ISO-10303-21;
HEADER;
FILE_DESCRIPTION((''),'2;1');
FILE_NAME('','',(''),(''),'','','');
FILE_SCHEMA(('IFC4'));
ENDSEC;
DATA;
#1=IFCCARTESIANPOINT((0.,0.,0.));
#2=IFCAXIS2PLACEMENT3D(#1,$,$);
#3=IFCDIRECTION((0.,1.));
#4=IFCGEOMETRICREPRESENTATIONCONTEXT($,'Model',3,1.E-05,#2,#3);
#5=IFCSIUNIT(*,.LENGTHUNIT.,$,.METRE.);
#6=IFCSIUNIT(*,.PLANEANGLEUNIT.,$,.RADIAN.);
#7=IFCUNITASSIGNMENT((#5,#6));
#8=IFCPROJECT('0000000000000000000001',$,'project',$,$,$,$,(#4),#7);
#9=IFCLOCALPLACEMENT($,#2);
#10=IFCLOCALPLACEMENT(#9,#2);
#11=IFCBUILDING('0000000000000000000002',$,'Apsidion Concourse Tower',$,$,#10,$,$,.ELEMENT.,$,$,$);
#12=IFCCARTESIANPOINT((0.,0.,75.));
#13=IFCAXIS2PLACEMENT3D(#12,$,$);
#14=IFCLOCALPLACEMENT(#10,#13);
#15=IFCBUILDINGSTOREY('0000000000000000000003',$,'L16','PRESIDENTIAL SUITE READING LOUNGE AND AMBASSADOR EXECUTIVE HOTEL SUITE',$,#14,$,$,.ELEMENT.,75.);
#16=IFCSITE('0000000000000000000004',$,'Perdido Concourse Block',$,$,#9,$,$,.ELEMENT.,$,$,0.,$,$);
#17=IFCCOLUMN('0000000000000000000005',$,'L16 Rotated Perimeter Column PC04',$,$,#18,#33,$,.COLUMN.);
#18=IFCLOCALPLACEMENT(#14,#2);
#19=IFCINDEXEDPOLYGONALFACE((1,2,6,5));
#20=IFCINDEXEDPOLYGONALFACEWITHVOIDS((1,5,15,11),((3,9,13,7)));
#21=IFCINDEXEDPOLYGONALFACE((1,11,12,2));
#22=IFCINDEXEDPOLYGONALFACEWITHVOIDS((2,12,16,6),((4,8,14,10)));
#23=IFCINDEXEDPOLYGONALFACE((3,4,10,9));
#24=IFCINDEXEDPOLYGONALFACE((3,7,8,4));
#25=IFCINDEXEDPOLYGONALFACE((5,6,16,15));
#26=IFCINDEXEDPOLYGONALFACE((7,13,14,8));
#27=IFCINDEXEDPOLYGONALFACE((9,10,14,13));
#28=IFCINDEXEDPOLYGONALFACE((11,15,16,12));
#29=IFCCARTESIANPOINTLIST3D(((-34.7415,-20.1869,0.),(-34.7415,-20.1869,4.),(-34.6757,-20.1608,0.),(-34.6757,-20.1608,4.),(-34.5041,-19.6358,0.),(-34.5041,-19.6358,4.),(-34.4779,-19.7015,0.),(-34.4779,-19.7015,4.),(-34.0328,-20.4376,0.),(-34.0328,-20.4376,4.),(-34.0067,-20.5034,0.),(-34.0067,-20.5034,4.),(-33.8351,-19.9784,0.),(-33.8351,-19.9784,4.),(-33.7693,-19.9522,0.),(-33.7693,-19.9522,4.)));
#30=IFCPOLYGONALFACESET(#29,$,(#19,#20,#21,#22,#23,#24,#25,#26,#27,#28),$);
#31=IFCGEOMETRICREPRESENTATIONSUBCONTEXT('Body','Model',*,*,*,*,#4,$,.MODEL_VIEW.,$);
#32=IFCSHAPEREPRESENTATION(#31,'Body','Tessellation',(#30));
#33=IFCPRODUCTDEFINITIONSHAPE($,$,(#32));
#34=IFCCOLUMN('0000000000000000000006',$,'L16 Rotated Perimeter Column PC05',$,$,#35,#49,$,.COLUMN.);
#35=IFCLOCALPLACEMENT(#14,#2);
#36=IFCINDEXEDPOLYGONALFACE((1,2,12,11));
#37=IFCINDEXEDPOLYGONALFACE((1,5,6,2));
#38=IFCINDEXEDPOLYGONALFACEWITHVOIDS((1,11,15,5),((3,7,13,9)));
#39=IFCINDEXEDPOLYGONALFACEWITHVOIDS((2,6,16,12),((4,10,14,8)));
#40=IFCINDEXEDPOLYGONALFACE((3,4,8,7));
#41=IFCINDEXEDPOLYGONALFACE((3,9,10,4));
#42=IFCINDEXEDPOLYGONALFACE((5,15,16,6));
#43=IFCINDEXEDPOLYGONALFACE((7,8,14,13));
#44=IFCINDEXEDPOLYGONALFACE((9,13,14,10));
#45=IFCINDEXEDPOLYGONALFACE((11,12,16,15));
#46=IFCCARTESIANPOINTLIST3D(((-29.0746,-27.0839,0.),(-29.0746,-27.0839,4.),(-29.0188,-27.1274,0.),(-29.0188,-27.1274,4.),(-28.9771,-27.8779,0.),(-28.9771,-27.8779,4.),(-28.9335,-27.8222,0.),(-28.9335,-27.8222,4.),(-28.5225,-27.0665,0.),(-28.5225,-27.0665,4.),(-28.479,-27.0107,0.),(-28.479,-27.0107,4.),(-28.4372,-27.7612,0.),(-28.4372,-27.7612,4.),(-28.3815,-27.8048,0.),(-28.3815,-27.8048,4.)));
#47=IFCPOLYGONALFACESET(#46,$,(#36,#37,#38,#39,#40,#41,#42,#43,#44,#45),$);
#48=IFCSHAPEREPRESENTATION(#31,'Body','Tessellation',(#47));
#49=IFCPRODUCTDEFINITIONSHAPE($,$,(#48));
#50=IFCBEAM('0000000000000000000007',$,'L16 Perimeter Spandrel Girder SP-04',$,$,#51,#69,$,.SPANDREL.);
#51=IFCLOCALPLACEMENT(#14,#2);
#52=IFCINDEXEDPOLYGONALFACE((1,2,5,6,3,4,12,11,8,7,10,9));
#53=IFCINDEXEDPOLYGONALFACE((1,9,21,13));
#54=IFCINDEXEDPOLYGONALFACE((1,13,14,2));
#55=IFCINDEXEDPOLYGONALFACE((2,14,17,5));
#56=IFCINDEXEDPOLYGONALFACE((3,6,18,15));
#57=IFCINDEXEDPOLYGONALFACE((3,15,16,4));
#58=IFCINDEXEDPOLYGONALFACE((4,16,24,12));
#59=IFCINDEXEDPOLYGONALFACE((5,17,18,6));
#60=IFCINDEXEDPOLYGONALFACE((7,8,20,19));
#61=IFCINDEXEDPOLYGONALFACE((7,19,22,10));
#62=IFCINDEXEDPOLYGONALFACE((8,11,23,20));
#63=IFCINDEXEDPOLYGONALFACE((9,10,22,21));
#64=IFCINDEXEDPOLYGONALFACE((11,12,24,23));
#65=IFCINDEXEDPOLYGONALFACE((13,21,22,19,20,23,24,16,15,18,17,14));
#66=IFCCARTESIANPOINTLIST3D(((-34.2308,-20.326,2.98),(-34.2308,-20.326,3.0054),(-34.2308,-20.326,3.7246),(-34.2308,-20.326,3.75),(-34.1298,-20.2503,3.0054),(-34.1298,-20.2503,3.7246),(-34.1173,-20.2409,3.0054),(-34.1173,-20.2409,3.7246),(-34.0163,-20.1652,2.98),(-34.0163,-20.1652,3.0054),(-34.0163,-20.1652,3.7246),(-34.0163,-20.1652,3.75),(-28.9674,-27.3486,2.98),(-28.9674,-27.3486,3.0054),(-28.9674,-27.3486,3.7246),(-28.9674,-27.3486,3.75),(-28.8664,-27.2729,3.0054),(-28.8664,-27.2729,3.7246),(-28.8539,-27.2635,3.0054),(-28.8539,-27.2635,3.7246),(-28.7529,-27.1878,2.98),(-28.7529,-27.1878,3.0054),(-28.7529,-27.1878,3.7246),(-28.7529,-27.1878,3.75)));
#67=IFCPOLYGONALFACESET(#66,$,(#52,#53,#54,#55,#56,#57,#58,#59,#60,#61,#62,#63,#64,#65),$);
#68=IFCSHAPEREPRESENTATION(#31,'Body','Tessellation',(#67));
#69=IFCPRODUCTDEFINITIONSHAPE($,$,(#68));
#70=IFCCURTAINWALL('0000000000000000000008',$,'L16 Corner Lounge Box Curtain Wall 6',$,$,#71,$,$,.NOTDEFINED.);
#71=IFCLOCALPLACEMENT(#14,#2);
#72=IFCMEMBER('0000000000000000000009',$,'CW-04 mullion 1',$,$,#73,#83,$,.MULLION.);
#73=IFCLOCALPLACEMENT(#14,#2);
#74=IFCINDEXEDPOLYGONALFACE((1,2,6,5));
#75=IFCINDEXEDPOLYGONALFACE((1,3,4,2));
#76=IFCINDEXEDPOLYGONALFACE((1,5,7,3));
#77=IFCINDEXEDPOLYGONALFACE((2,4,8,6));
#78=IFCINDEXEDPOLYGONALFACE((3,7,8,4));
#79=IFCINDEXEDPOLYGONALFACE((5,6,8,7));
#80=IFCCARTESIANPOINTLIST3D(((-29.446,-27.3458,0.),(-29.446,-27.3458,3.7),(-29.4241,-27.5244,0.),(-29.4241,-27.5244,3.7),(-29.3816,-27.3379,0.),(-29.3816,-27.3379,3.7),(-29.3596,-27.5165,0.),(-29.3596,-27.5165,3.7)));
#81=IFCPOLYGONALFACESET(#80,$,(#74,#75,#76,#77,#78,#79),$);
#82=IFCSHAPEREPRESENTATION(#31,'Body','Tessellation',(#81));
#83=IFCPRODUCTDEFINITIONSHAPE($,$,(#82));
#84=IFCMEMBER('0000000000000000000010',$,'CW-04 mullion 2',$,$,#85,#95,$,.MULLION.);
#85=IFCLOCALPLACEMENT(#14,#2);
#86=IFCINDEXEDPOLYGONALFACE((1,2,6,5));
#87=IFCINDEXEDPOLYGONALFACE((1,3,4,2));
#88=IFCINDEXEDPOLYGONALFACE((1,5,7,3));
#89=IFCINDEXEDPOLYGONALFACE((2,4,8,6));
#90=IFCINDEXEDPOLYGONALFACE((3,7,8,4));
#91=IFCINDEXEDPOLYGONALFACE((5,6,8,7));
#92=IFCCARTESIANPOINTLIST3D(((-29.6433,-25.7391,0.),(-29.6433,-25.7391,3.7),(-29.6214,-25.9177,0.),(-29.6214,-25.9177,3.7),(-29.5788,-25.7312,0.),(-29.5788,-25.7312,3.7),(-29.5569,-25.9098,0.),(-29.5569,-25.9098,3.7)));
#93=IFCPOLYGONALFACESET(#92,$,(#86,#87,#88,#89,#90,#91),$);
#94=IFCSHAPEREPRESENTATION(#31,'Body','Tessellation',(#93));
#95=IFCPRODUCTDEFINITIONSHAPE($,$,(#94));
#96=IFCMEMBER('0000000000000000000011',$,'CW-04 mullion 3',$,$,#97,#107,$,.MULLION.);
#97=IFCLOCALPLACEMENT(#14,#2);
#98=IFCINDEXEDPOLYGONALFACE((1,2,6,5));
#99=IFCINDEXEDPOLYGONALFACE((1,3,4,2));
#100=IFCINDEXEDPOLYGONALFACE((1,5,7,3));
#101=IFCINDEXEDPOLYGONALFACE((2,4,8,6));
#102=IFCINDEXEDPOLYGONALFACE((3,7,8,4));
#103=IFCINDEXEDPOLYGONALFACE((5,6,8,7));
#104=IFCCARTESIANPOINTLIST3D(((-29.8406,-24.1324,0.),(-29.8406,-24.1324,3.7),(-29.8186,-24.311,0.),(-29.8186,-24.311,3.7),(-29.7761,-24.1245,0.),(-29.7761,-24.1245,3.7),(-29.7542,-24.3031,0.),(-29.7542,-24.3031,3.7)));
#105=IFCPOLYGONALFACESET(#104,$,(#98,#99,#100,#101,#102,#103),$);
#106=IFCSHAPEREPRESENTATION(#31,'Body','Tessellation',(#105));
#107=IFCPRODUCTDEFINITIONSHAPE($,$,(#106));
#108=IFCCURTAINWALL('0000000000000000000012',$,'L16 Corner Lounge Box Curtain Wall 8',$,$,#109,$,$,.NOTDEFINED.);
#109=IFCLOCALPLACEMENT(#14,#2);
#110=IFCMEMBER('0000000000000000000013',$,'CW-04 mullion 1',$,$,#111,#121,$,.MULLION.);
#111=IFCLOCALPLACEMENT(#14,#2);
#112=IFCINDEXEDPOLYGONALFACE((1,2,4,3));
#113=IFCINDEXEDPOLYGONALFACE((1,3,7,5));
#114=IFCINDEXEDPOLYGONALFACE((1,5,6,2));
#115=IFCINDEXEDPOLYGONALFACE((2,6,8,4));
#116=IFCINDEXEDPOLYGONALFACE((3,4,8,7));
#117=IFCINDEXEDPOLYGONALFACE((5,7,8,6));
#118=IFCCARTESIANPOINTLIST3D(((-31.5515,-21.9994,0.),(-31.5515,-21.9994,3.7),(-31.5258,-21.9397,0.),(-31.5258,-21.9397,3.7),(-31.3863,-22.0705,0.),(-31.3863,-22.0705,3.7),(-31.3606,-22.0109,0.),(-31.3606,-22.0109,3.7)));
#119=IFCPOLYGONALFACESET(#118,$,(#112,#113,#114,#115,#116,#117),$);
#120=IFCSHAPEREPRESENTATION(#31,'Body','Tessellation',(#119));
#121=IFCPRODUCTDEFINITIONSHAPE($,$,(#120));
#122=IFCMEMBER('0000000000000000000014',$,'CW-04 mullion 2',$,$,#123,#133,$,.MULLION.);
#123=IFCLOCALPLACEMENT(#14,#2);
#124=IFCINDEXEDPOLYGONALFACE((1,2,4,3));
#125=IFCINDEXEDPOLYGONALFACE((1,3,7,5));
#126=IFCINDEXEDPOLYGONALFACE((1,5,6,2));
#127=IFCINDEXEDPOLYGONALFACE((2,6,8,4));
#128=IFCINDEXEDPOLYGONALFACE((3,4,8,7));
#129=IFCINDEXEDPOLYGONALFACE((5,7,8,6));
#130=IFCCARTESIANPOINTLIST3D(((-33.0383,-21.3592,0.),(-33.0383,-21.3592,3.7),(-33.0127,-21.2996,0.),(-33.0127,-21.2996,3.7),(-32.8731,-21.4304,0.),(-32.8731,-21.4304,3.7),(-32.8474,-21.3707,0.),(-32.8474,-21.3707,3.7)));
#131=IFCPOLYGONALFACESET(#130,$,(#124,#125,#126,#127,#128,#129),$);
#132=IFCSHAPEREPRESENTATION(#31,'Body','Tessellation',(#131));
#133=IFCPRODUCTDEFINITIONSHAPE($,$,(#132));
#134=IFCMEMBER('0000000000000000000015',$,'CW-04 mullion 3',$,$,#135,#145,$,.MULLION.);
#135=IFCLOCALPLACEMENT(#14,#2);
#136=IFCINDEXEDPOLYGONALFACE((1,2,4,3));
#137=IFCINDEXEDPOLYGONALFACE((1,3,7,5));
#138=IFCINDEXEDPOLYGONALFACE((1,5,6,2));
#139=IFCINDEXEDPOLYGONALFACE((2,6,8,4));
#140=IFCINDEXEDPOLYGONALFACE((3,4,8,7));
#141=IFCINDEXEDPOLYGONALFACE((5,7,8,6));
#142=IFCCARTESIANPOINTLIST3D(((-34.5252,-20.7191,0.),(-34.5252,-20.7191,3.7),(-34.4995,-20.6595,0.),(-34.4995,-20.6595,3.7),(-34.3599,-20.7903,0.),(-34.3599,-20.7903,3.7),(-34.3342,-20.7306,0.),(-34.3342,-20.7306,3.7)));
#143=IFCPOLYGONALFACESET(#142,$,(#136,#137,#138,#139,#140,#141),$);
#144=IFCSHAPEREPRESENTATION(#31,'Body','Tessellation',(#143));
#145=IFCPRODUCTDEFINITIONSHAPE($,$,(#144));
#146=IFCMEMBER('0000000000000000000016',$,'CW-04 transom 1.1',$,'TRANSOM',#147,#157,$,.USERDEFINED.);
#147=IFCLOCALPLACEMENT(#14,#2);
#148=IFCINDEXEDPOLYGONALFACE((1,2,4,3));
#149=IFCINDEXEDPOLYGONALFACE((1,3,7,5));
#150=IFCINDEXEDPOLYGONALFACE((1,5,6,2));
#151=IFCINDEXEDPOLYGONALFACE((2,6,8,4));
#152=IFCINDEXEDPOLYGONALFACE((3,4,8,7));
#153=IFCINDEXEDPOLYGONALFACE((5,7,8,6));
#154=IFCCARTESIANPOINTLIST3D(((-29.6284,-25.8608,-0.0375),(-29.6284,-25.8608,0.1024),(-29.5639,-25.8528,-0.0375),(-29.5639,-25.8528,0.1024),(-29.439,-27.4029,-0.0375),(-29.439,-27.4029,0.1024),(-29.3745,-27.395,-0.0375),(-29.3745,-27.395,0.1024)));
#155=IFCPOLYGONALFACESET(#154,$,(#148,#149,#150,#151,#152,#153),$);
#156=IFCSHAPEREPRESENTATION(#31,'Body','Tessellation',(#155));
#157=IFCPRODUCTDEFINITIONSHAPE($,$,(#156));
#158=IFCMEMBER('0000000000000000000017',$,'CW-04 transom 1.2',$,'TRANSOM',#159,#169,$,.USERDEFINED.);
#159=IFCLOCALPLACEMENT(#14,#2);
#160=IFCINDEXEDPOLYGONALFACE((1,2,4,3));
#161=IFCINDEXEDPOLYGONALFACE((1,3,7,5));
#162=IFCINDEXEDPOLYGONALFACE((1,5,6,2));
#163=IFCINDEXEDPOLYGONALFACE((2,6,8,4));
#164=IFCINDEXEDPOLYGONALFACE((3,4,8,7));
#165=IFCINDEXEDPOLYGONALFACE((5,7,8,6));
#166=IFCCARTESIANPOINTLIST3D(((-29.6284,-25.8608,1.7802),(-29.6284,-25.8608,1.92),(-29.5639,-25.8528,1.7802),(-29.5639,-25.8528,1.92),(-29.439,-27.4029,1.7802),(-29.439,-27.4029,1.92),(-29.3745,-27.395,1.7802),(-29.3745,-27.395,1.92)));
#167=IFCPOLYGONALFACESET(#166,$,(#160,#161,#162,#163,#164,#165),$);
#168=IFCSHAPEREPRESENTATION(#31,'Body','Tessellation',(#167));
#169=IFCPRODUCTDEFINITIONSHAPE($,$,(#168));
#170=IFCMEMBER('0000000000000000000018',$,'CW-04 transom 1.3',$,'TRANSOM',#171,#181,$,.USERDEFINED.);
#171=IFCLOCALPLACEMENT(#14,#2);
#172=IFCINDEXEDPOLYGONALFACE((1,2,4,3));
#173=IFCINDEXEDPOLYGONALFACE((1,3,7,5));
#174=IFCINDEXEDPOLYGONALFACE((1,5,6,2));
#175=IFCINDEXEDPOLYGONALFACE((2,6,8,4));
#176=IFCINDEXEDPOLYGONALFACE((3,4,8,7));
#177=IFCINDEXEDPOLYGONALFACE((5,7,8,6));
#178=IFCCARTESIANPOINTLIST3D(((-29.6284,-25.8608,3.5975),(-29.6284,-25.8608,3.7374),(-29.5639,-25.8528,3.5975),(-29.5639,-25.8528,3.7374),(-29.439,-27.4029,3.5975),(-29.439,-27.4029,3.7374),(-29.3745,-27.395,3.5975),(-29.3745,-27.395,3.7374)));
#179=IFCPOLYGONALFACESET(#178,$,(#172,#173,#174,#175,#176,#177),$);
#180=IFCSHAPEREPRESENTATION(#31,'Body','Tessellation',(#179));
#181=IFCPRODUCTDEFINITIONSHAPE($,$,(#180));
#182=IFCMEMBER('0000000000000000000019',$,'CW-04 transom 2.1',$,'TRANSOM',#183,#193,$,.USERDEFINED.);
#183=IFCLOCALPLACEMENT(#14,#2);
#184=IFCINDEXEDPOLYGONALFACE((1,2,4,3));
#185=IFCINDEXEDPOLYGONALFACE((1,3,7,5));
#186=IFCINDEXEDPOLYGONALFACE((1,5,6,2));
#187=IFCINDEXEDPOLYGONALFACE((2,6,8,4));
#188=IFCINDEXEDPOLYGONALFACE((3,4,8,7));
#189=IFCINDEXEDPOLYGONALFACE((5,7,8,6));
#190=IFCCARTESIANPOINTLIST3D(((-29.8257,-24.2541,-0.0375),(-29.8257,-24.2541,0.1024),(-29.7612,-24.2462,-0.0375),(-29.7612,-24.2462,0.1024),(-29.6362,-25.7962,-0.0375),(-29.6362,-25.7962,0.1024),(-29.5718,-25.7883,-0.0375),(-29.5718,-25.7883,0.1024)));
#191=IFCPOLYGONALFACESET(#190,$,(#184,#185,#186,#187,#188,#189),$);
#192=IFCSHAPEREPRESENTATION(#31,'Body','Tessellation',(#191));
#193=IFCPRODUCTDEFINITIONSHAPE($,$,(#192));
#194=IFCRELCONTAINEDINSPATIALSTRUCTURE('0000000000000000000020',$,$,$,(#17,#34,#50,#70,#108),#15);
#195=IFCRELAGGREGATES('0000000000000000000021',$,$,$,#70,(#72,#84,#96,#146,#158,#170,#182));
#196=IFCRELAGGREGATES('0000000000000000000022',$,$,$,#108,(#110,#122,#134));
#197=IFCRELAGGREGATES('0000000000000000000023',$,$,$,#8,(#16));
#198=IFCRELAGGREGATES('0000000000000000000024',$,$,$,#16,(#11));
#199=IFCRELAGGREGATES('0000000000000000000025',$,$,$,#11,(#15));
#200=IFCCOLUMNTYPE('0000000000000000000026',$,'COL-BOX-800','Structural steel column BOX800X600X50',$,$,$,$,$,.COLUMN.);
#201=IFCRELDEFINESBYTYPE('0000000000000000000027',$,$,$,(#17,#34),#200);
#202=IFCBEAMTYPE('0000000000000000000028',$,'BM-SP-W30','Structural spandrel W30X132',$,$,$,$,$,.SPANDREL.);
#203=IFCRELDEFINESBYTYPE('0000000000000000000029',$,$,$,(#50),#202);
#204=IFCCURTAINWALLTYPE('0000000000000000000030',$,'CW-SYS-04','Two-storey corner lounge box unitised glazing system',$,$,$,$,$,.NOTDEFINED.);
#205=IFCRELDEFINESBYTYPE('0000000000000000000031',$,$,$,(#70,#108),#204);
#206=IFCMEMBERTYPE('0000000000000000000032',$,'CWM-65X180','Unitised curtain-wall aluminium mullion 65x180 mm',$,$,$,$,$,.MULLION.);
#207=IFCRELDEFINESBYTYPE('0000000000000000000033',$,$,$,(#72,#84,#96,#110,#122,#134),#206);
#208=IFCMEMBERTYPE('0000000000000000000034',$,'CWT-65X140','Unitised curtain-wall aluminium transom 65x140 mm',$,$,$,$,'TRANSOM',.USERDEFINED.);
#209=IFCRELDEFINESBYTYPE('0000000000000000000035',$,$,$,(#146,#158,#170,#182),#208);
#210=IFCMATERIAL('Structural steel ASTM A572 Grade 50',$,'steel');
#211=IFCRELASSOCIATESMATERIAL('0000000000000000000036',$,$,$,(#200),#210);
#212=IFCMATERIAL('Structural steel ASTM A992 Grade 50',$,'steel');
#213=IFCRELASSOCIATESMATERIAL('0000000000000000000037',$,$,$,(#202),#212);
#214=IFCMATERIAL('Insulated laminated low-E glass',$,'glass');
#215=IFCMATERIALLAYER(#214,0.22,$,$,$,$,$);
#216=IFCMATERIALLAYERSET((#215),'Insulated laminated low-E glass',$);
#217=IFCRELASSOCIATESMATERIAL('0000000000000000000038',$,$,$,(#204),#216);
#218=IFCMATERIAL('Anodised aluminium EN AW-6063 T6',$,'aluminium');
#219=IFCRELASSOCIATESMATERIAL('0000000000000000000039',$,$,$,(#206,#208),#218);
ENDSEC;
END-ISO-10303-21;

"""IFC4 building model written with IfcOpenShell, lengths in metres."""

from ifc_helpers import new_model, si_unit, direction, frame, origin, origin_2d, place, context, subcontext, project, spatial, rectangle, hollow_rectangle, i_section, extrude, material, layer, layer_set, material_profile, profile_set, type_object, element, aggregate, save


model = new_model("IFC4")

# Units and contexts
model_context = context("Model", 3, precision=1e-05, world=origin(), true_north=direction((0.0, 1.0)))
body_context = subcontext(model_context, "Body", "Model", "MODEL_VIEW")
ifc_project = project(units=[si_unit("LENGTHUNIT", "METRE"), si_unit("PLANEANGLEUNIT", "RADIAN")], contexts=[model_context])

# Site, building, storey
site_placement = place(None, origin())
site = spatial("IfcSite", under=ifc_project, at=site_placement, Name="Perdido Concourse Block", CompositionType="ELEMENT", RefElevation=0.0)
building_placement = place(site_placement, origin())
building = spatial("IfcBuilding", under=site, at=building_placement, Name="Apsidion Concourse Tower", CompositionType="ELEMENT")
storey_placement = place(building_placement, frame((0.0, 0.0, 75.0)))
storey = spatial("IfcBuildingStorey", under=building, at=storey_placement, Name="L16", Description="PRESIDENTIAL SUITE READING LOUNGE AND AMBASSADOR EXECUTIVE HOTEL SUITE", CompositionType="ELEMENT", Elevation=75.0)

# Columns
ifc_material_1 = material(Name="Structural steel ASTM A572 Grade 50", Category="steel")
ifc_material_profile_1 = material_profile(ifc_material_1, hollow_rectangle(XDim=0.6001, YDim=0.8, WallThickness=0.05, at=origin_2d()), Name="BOX800X600X50")
ifc_profile_set_1 = profile_set([ifc_material_profile_1], Name="Structural steel ASTM A572 Grade 50")
column_type = type_object("IfcColumnType", Name="COL-BOX-800", Description="Structural steel column BOX800X600X50", PredefinedType="COLUMN", material=ifc_profile_set_1)
for number, where, z_axis, x_axis, name in (
    (1, (-34.2554, -20.0696, 0.0), (0.0, 0.0, 1.0), (0.395546, 0.918446, 0.0), "L16 Rotated Perimeter Column PC04"),
    (2, (-28.728, -27.4443, 0.0), (0.0, 0.0, 1.0), (0.992546, 0.121869, 0.0), "L16 Rotated Perimeter Column PC05"),
):
    element("IfcColumn", number, at=place(storey_placement, frame(where, z_axis=z_axis, x_axis=x_axis)), inside=storey, type_object=column_type, Name=name, PredefinedType="COLUMN", context=body_context, shape_type="SweptSolid", body=[
        extrude(hollow_rectangle(XDim=0.6001, YDim=0.8, WallThickness=0.05, at=origin_2d()), origin(), (0.0, 0.0, 1.0), 4.0),
    ])

# Beam
ifc_material_2 = material(Name="Structural steel ASTM A992 Grade 50", Category="steel")
ifc_material_profile_2 = material_profile(ifc_material_2, i_section(OverallWidth=0.2681, OverallDepth=0.77, WebThickness=0.0156, FlangeThickness=0.0254, at=origin_2d()), Name="W30X132")
ifc_profile_set_2 = profile_set([ifc_material_profile_2], Name="Structural steel ASTM A992 Grade 50")
beam_type = type_object("IfcBeamType", Name="BM-SP-W30", Description="Structural spandrel W30X132", PredefinedType="SPANDREL", material=ifc_profile_set_2)
beam_placement = place(storey_placement, frame((-34.1235, -20.2456, 3.365), z_axis=(0.599737, -0.800197, 0.0), x_axis=(0.800197, 0.599737, 0.0)))
element("IfcBeam", 3, at=beam_placement, inside=storey, type_object=beam_type, Name="L16 Perimeter Spandrel Girder SP-04", PredefinedType="SPANDREL", context=body_context, shape_type="SweptSolid", body=[
    extrude(i_section(OverallWidth=0.2681, OverallDepth=0.77, WebThickness=0.0156, FlangeThickness=0.0254, at=origin_2d()), origin(), (0.0, 0.0, 1.0), 8.7761),
])

# Curtain walls, members
ifc_material_3 = material(Name="Insulated laminated low-E glass", Category="glass")
ifc_layer_1 = layer(ifc_material_3, 0.22)
ifc_layer_set_1 = layer_set([ifc_layer_1], Name="Insulated laminated low-E glass")
curtain_wall_type = type_object("IfcCurtainWallType", Name="CW-SYS-04", Description="Two-storey corner lounge box unitised glazing system", PredefinedType="NOTDEFINED", material=ifc_layer_set_1)
curtain_wall_1_placement = place(storey_placement, origin())
curtain_wall_1 = element("IfcCurtainWall", 4, at=curtain_wall_1_placement, inside=storey, type_object=curtain_wall_type, Name="L16 Corner Lounge Box Curtain Wall 6", PredefinedType="NOTDEFINED")
ifc_material_4 = material(Name="Anodised aluminium EN AW-6063 T6", Category="aluminium")
ifc_material_profile_3 = material_profile(ifc_material_4, rectangle(XDim=0.0649, YDim=0.1799, at=origin_2d()), Name="ALU MULLION 65x180")
ifc_profile_set_3 = profile_set([ifc_material_profile_3], Name="Anodised aluminium EN AW-6063 T6")
member_type_1 = type_object("IfcMemberType", Name="CWM-65X180", Description="Unitised curtain-wall aluminium mullion 65x180 mm", PredefinedType="MULLION", material=ifc_profile_set_3)
member_1_placement = place(storey_placement, frame((-29.4028, -27.4312, 0.0), z_axis=(0.0, 0.0, 1.0), x_axis=(-0.992545, -0.12188, 0.0)))
member_1 = element("IfcMember", 5, at=member_1_placement, type_object=member_type_1, Name="CW-04 mullion 1", PredefinedType="MULLION", context=body_context, shape_type="SweptSolid", body=[
    extrude(rectangle(XDim=0.0649, YDim=0.1799, at=origin_2d()), origin(), (0.0, 0.0, 1.0), 3.7),
])
member_2_placement = place(storey_placement, frame((-29.6001, -25.8245, 0.0), z_axis=(0.0, 0.0, 1.0), x_axis=(-0.992545, -0.12188, 0.0)))
member_2 = element("IfcMember", 6, at=member_2_placement, type_object=member_type_1, Name="CW-04 mullion 2", PredefinedType="MULLION", context=body_context, shape_type="SweptSolid", body=[
    extrude(rectangle(XDim=0.0649, YDim=0.1799, at=origin_2d()), origin(), (0.0, 0.0, 1.0), 3.7),
])
member_3_placement = place(storey_placement, frame((-29.7974, -24.2178, 0.0), z_axis=(0.0, 0.0, 1.0), x_axis=(-0.992545, -0.12188, 0.0)))
member_3 = element("IfcMember", 7, at=member_3_placement, type_object=member_type_1, Name="CW-04 mullion 3", PredefinedType="MULLION", context=body_context, shape_type="SweptSolid", body=[
    extrude(rectangle(XDim=0.0649, YDim=0.1799, at=origin_2d()), origin(), (0.0, 0.0, 1.0), 3.7),
])
curtain_wall_2_placement = place(storey_placement, origin())
curtain_wall_2 = element("IfcCurtainWall", 8, at=curtain_wall_2_placement, inside=storey, type_object=curtain_wall_type, Name="L16 Corner Lounge Box Curtain Wall 8", PredefinedType="NOTDEFINED")
member_4_placement = place(storey_placement, frame((-31.4561, -22.0051, 0.0), z_axis=(0.0, 0.0, 1.0), x_axis=(-0.395432, -0.918495, 0.0)))
member_4 = element("IfcMember", 9, at=member_4_placement, type_object=member_type_1, Name="CW-04 mullion 1", PredefinedType="MULLION", context=body_context, shape_type="SweptSolid", body=[
    extrude(rectangle(XDim=0.0649, YDim=0.1799, at=origin_2d()), origin(), (0.0, 0.0, 1.0), 3.7),
])
member_5_placement = place(storey_placement, frame((-32.9429, -21.365, 0.0), z_axis=(0.0, 0.0, 1.0), x_axis=(-0.395432, -0.918495, 0.0)))
member_5 = element("IfcMember", 10, at=member_5_placement, type_object=member_type_1, Name="CW-04 mullion 2", PredefinedType="MULLION", context=body_context, shape_type="SweptSolid", body=[
    extrude(rectangle(XDim=0.0649, YDim=0.1799, at=origin_2d()), origin(), (0.0, 0.0, 1.0), 3.7),
])
member_6_placement = place(storey_placement, frame((-34.4297, -20.7249, 0.0), z_axis=(0.0, 0.0, 1.0), x_axis=(-0.395432, -0.918495, 0.0)))
member_6 = element("IfcMember", 11, at=member_6_placement, type_object=member_type_1, Name="CW-04 mullion 3", PredefinedType="MULLION", context=body_context, shape_type="SweptSolid", body=[
    extrude(rectangle(XDim=0.0649, YDim=0.1799, at=origin_2d()), origin(), (0.0, 0.0, 1.0), 3.7),
])

# Members
ifc_material_profile_4 = material_profile(ifc_material_4, rectangle(XDim=0.0649, YDim=0.1399, at=origin_2d()), Name="ALU TRANSOM 65x140")
ifc_profile_set_4 = profile_set([ifc_material_profile_4], Name="Anodised aluminium EN AW-6063 T6")
member_type_2 = type_object("IfcMemberType", Name="CWT-65X140", Description="Unitised curtain-wall aluminium transom 65x140 mm", ElementType="TRANSOM", PredefinedType="USERDEFINED", material=ifc_profile_set_4)
member_7_placement = place(storey_placement, frame((-29.4067, -27.3989, 0.0325), z_axis=(-0.121927, 0.992539, 0.0), x_axis=(-0.992539, -0.121927, 0.0)))
member_7 = element("IfcMember", 12, at=member_7_placement, type_object=member_type_2, Name="CW-04 transom 1.1", ObjectType="TRANSOM", PredefinedType="USERDEFINED", context=body_context, shape_type="SweptSolid", body=[
    extrude(rectangle(XDim=0.0649, YDim=0.1399, at=origin_2d()), origin(), (0.0, 0.0, 1.0), 1.5537),
])
member_8_placement = place(storey_placement, frame((-29.4067, -27.3989, 1.8501), z_axis=(-0.121927, 0.992539, 0.0), x_axis=(-0.992539, -0.121927, 0.0)))
member_8 = element("IfcMember", 13, at=member_8_placement, type_object=member_type_2, Name="CW-04 transom 1.2", ObjectType="TRANSOM", PredefinedType="USERDEFINED", context=body_context, shape_type="SweptSolid", body=[
    extrude(rectangle(XDim=0.0649, YDim=0.1399, at=origin_2d()), origin(), (0.0, 0.0, 1.0), 1.5537),
])
member_9_placement = place(storey_placement, frame((-29.4067, -27.3989, 3.6675), z_axis=(-0.121927, 0.992539, 0.0), x_axis=(-0.992539, -0.121927, 0.0)))
member_9 = element("IfcMember", 14, at=member_9_placement, type_object=member_type_2, Name="CW-04 transom 1.3", ObjectType="TRANSOM", PredefinedType="USERDEFINED", context=body_context, shape_type="SweptSolid", body=[
    extrude(rectangle(XDim=0.0649, YDim=0.1399, at=origin_2d()), origin(), (0.0, 0.0, 1.0), 1.5537),
])
member_10_placement = place(storey_placement, frame((-29.604, -25.7922, 0.0325), z_axis=(-0.121927, 0.992539, 0.0), x_axis=(-0.992539, -0.121927, 0.0)))
member_10 = element("IfcMember", 15, at=member_10_placement, type_object=member_type_2, Name="CW-04 transom 2.1", ObjectType="TRANSOM", PredefinedType="USERDEFINED", context=body_context, shape_type="SweptSolid", body=[
    extrude(rectangle(XDim=0.0649, YDim=0.1399, at=origin_2d()), origin(), (0.0, 0.0, 1.0), 1.5537),
])

aggregate(curtain_wall_1, [member_1, member_2, member_3, member_7, member_8, member_9, member_10])
aggregate(curtain_wall_2, [member_4, member_5, member_6])

save(model, "model.ifc")
